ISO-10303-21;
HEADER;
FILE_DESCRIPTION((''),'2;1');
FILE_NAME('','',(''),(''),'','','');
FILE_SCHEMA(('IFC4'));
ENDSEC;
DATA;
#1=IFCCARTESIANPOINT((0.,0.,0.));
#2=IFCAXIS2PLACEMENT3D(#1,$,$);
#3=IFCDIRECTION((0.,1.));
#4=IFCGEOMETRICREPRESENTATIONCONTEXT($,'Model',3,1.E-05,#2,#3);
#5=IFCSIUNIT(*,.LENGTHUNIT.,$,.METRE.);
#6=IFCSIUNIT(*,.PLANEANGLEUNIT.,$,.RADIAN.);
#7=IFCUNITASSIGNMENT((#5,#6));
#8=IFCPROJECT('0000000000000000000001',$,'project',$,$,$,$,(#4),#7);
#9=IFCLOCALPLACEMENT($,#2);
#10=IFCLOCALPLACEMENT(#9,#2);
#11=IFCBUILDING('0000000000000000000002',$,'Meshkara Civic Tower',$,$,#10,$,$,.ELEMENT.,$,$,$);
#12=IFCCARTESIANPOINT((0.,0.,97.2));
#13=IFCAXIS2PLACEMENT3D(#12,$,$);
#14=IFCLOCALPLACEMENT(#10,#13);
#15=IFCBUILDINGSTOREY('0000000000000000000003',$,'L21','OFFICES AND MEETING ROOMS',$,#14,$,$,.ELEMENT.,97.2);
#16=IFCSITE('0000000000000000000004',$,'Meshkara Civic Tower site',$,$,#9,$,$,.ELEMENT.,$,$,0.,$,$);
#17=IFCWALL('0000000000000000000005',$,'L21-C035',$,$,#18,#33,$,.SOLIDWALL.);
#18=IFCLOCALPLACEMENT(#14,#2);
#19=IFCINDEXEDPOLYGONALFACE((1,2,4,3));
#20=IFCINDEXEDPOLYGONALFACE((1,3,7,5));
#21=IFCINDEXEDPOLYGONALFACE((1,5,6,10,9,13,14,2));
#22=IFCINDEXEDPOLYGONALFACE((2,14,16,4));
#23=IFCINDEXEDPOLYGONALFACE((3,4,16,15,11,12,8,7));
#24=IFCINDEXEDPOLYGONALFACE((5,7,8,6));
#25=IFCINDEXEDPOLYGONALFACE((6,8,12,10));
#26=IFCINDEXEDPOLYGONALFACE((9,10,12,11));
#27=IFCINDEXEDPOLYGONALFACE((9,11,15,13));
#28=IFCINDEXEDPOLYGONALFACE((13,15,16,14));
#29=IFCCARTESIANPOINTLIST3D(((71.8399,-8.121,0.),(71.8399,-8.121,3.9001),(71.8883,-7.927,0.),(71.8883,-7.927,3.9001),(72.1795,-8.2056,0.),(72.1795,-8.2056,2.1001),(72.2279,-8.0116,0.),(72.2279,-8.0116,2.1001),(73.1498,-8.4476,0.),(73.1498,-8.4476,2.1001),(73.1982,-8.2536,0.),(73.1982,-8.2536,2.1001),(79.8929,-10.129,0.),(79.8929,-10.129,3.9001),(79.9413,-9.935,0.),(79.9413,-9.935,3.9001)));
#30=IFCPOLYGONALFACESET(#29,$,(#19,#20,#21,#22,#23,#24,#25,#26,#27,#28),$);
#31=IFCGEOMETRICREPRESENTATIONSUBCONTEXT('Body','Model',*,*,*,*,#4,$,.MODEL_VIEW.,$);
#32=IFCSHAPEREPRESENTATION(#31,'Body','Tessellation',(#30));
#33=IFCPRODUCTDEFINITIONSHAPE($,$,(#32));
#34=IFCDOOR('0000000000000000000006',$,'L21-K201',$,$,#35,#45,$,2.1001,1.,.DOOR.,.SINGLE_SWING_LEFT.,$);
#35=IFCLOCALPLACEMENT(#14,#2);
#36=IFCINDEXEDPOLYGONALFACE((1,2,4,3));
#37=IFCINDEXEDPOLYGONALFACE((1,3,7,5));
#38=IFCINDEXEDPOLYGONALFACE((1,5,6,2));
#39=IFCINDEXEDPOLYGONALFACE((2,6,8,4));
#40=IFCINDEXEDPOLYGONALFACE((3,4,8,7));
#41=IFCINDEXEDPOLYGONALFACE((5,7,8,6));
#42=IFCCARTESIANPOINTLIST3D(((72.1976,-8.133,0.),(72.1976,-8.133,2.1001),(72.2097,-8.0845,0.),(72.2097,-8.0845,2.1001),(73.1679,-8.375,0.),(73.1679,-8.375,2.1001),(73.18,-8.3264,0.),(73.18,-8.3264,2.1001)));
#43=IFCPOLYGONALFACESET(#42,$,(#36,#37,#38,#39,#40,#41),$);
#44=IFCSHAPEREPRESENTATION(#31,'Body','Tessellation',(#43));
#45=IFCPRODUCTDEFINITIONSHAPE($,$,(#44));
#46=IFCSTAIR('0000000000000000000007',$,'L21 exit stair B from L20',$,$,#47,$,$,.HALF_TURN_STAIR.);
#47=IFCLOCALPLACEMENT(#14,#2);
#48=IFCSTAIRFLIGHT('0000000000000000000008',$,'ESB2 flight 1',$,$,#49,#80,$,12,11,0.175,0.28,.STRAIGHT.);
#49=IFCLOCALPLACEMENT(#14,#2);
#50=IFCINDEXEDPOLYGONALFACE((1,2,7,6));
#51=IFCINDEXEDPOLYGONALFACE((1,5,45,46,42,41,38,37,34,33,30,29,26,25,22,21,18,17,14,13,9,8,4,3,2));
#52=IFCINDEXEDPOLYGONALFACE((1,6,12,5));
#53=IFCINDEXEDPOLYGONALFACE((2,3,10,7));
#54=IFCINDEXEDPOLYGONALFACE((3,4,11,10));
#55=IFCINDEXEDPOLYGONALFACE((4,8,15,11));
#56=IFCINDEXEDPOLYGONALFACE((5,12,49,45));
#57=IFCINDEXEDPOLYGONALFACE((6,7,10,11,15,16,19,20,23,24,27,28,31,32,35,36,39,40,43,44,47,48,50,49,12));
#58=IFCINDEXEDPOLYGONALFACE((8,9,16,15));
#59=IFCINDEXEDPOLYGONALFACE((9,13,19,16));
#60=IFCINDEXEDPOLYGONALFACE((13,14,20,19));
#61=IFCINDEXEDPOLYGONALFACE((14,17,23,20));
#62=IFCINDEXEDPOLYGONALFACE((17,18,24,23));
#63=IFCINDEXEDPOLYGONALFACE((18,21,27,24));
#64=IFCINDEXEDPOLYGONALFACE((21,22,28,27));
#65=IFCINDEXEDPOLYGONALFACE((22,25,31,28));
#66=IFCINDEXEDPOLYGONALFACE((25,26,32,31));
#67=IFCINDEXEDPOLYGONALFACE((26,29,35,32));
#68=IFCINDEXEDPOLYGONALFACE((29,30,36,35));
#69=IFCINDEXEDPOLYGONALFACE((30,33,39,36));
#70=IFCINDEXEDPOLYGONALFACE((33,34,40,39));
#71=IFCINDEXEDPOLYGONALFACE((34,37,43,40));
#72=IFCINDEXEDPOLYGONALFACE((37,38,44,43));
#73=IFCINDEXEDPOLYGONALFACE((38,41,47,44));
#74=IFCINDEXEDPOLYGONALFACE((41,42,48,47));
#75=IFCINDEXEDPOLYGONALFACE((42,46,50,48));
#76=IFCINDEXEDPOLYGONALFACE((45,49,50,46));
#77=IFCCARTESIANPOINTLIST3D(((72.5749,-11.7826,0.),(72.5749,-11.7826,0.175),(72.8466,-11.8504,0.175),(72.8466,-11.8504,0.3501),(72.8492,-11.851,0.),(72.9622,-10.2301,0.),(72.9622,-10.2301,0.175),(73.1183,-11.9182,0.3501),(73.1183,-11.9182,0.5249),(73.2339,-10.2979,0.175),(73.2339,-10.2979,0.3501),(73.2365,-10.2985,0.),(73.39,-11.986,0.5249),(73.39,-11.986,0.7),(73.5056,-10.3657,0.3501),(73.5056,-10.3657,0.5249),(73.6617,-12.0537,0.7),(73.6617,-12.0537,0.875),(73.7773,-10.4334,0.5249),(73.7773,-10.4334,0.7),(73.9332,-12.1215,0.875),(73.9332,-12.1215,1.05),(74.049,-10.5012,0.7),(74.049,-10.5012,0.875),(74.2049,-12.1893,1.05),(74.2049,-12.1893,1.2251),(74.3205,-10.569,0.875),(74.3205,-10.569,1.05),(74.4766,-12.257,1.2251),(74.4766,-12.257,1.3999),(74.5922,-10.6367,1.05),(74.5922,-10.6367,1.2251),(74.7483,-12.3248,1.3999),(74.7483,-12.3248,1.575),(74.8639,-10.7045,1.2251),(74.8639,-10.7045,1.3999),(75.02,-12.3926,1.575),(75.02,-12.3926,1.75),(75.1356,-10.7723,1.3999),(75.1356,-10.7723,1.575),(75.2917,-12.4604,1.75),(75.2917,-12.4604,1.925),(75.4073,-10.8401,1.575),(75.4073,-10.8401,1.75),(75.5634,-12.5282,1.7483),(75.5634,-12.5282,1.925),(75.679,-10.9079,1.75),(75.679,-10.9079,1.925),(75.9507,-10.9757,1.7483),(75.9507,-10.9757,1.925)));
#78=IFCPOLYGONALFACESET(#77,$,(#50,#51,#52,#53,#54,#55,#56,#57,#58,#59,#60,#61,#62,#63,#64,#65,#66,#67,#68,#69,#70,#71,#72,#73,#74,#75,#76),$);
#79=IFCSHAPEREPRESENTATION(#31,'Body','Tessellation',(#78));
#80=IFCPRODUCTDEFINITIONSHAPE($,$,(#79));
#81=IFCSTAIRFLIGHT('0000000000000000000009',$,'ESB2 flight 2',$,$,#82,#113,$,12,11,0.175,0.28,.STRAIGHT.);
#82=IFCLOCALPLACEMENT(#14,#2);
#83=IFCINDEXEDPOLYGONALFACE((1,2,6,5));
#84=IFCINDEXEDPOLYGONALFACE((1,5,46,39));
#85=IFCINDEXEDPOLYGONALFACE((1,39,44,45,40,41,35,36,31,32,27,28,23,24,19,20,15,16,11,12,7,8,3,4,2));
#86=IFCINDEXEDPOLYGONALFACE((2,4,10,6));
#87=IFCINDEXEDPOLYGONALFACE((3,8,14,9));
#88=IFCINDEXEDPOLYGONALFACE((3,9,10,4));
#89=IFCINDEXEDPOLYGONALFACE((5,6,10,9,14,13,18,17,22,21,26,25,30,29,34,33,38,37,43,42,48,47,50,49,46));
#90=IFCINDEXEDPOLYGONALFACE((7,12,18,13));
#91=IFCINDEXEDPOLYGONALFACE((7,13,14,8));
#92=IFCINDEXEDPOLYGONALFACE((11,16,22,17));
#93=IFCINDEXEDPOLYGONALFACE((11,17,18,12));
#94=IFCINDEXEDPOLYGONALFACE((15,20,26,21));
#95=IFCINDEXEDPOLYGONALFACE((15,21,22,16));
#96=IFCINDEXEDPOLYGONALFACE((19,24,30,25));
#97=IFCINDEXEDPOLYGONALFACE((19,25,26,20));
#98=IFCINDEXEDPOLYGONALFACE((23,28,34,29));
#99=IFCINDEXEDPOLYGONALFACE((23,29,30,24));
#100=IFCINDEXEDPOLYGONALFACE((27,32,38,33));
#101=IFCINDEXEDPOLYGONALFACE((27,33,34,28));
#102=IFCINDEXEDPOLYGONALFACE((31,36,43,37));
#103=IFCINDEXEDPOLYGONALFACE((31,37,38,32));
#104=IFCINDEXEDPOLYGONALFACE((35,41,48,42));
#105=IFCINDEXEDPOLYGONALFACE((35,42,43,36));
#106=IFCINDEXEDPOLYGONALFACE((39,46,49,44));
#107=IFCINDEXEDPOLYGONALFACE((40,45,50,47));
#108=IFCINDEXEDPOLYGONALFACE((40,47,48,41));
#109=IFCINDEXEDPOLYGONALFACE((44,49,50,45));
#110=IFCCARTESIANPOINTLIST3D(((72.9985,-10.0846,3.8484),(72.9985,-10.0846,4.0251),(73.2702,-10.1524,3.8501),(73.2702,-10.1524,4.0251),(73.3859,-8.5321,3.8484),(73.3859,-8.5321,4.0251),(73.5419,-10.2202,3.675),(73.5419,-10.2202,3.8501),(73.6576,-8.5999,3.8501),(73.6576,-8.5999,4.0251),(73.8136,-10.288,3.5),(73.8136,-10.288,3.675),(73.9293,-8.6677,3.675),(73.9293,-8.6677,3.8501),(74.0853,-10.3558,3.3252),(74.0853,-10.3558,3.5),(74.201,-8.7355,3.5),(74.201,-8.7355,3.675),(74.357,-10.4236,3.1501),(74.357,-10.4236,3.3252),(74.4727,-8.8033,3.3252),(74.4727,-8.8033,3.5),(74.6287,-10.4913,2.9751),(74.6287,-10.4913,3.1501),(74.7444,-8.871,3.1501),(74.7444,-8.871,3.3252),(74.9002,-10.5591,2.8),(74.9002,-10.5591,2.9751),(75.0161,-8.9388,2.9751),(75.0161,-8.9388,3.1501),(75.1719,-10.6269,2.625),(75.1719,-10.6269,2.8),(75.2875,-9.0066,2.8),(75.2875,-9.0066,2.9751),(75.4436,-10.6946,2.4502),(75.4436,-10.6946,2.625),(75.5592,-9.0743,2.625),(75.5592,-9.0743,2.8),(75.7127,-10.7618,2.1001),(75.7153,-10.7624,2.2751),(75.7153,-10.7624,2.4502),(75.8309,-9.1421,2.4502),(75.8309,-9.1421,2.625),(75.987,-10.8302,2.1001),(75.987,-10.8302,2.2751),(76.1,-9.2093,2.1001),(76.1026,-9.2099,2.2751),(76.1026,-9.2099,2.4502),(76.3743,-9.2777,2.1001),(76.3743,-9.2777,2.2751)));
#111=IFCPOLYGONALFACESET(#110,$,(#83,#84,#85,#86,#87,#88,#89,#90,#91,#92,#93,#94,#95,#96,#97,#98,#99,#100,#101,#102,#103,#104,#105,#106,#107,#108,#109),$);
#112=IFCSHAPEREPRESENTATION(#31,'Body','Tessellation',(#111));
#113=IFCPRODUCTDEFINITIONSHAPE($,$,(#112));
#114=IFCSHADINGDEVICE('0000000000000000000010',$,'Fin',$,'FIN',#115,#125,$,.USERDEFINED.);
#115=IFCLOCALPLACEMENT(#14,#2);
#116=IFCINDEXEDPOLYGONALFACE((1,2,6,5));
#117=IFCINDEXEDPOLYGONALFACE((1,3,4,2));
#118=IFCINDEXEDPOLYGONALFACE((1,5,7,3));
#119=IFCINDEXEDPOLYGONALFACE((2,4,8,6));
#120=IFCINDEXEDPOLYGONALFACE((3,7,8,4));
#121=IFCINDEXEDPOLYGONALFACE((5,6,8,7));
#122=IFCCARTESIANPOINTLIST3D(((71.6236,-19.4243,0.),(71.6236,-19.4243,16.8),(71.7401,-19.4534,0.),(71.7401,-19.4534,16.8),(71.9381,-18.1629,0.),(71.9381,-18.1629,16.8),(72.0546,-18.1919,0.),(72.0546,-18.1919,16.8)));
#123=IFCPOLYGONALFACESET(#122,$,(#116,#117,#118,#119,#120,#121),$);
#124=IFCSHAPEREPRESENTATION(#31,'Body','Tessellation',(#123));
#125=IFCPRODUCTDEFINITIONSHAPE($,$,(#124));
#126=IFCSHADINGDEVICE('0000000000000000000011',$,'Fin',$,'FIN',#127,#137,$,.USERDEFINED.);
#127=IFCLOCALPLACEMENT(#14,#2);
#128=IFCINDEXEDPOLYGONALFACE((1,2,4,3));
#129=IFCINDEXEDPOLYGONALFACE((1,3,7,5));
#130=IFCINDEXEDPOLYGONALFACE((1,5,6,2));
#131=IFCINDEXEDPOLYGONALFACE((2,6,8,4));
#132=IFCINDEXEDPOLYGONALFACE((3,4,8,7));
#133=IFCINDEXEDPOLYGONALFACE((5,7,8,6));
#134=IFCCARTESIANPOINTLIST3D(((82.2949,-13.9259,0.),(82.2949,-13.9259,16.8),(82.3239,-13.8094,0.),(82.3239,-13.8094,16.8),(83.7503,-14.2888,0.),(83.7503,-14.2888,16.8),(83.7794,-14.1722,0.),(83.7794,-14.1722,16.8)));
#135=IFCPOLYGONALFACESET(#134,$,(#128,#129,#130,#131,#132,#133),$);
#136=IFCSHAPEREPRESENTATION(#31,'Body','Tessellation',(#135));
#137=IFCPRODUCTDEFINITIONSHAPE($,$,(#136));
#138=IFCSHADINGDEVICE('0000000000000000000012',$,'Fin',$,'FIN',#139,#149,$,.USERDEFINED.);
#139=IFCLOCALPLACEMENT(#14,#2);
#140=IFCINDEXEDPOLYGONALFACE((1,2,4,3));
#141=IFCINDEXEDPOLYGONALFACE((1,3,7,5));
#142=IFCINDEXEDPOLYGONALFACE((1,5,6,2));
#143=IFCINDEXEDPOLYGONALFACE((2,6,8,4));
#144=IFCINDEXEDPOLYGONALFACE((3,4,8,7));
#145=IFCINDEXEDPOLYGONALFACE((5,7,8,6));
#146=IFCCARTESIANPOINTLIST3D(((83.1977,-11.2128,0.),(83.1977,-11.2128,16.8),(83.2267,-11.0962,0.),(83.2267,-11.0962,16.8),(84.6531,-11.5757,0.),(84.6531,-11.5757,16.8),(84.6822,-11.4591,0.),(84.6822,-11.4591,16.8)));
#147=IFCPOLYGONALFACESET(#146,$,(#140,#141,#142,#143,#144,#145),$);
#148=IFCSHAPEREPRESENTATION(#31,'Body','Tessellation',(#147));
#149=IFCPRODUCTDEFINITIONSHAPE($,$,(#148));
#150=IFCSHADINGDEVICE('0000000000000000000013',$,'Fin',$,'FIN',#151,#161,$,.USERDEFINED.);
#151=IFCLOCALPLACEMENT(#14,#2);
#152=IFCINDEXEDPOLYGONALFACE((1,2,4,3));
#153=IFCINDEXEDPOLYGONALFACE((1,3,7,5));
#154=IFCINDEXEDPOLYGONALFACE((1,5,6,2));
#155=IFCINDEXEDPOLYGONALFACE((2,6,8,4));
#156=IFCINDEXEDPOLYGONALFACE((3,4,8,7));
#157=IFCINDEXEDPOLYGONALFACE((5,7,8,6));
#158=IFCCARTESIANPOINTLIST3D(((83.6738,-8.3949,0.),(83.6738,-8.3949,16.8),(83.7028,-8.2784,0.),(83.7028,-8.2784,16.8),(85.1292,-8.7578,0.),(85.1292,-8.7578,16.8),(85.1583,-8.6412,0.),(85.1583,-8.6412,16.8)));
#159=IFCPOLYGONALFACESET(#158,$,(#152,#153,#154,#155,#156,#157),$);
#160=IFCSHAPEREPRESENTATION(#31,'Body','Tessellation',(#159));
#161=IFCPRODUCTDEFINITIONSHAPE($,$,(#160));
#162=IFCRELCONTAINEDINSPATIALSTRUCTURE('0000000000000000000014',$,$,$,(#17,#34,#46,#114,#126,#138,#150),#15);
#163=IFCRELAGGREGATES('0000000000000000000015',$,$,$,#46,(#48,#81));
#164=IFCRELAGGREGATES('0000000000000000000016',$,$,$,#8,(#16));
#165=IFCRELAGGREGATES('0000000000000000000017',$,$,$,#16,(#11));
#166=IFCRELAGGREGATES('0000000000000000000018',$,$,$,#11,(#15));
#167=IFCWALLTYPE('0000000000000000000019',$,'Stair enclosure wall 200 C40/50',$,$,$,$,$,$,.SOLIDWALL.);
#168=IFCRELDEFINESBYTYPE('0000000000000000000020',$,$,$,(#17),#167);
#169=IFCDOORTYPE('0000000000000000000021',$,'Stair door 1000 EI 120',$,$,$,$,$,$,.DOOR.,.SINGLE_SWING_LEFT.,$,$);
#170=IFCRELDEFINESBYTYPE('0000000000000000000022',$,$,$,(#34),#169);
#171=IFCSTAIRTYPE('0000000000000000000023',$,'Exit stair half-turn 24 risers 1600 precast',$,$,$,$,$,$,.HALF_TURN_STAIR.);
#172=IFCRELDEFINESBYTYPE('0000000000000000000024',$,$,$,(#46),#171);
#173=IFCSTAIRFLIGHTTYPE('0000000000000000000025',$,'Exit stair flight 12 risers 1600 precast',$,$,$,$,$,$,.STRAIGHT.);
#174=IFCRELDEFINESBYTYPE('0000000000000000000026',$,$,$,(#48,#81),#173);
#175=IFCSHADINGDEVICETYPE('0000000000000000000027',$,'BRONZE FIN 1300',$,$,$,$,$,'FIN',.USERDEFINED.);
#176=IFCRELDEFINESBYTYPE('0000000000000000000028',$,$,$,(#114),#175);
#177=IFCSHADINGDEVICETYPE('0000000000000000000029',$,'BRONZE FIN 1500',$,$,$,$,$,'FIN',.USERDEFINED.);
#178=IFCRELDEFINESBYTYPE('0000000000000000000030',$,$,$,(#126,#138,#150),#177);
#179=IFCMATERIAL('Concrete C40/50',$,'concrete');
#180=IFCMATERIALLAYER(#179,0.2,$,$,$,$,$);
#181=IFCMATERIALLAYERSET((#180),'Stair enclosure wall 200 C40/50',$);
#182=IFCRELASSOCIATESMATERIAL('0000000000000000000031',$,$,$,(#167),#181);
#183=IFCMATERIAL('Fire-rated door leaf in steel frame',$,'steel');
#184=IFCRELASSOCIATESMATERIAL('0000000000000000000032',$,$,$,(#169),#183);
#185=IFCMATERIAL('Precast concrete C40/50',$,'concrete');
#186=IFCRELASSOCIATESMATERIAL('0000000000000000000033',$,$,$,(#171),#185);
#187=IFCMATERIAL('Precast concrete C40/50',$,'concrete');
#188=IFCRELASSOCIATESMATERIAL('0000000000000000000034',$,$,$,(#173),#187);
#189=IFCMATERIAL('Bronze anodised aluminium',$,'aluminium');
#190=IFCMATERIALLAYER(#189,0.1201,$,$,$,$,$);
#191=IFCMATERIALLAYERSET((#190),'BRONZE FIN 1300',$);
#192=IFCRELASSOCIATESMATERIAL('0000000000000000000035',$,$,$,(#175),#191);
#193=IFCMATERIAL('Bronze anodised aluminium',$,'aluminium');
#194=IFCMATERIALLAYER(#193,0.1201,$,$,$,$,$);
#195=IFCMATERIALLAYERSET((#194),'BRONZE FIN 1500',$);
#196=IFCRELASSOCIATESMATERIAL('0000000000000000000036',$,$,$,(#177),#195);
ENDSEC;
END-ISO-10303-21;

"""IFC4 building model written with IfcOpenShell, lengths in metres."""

from ifc_helpers import new_model, si_unit, direction, frame, frame_2d, origin, origin_2d, place, context, subcontext, project, spatial, polyline, rectangle, outline, extrude, material, layer, layer_set, type_object, element, fill, aggregate, save


model = new_model("IFC4")

# Units and contexts
model_context = context("Model", 3, precision=1e-05, world=origin(), true_north=direction((0.0, 1.0)))
body_context = subcontext(model_context, "Body", "Model", "MODEL_VIEW")
ifc_project = project(units=[si_unit("LENGTHUNIT", "METRE"), si_unit("PLANEANGLEUNIT", "RADIAN")], contexts=[model_context])

# Site, building, storey
site_placement = place(None, origin())
site = spatial("IfcSite", under=ifc_project, at=site_placement, Name="Meshkara Civic Tower site", CompositionType="ELEMENT", RefElevation=0.0)
building_placement = place(site_placement, origin())
building = spatial("IfcBuilding", under=site, at=building_placement, Name="Meshkara Civic Tower", CompositionType="ELEMENT")
storey_placement = place(building_placement, frame((0.0, 0.0, 97.2)))
storey = spatial("IfcBuildingStorey", under=building, at=storey_placement, Name="L21", Description="OFFICES AND MEETING ROOMS", CompositionType="ELEMENT", Elevation=97.2)

# Wall, opening, door
ifc_material_1 = material(Name="Concrete C40/50", Category="concrete")
ifc_layer_1 = layer(ifc_material_1, 0.2)
ifc_layer_set_1 = layer_set([ifc_layer_1], Name="Stair enclosure wall 200 C40/50")
wall_type_1 = type_object("IfcWallType", Name="Stair enclosure wall 200 C40/50", PredefinedType="SOLIDWALL", material=ifc_layer_set_1)
wall_1_placement = place(storey_placement, frame((71.864, -8.0239, 0.0), z_axis=(0.0, 0.0, 1.0), x_axis=(0.970289, -0.241947, 0.0)))
wall_1 = element("IfcWall", 1, at=wall_1_placement, inside=storey, type_object=wall_type_1, Name="L21-C035", PredefinedType="SOLIDWALL", context=body_context, shape_type="SweptSolid", body=[
    extrude(rectangle(XDim=8.2996, YDim=0.2, at=frame_2d((4.1499, 0.0))), origin(), (0.0, 0.0, 1.0), 3.9001),
])
opening_1_placement = place(wall_1_placement, frame((0.3501, 0.0, 0.0)))
opening_1 = element("IfcOpeningElement", 2, at=opening_1_placement, cuts=wall_1, PredefinedType="OPENING", context=body_context, shape_type="SweptSolid", body=[
    extrude(rectangle(XDim=1.0, YDim=2.1001, at=frame_2d((0.5, 1.05))), frame((0.0, 0.1099, 0.0), z_axis=(0.0, -1.0, 0.0), x_axis=(1.0, 0.0, 0.0)), (0.0, 0.0, 1.0), 0.22),
])
ifc_material_2 = material(Name="Fire-rated door leaf in steel frame", Category="steel")
door_type_1 = type_object("IfcDoorType", Name="Stair door 1000 EI 120", OperationType="SINGLE_SWING_LEFT", PredefinedType="DOOR", material=ifc_material_2)
door_1_placement = place(opening_1_placement, origin())
door_1 = element("IfcDoor", 3, at=door_1_placement, inside=storey, type_object=door_type_1, Name="L21-K201", OperationType="SINGLE_SWING_LEFT", OverallHeight=2.1001, OverallWidth=1.0, PredefinedType="DOOR", context=body_context, shape_type="SweptSolid", body=[
    extrude(rectangle(XDim=1.0, YDim=2.1001, at=frame_2d((0.5, 1.05))), frame((0.0, 0.0249, 0.0), z_axis=(0.0, -1.0, 0.0), x_axis=(1.0, 0.0, 0.0)), (0.0, 0.0, 1.0), 0.05),
])
fill(opening_1, door_1)

# Stair, stair flights
ifc_material_3 = material(Name="Precast concrete C40/50", Category="concrete")
stair_type = type_object("IfcStairType", Name="Exit stair half-turn 24 risers 1600 precast", PredefinedType="HALF_TURN_STAIR", material=ifc_material_3)
stair_placement = place(storey_placement, origin())
stair = element("IfcStair", 4, at=stair_placement, inside=storey, type_object=stair_type, Name="L21 exit stair B from L20", PredefinedType="HALF_TURN_STAIR")
ifc_material_4 = material(Name="Precast concrete C40/50", Category="concrete")
stair_flight_type = type_object("IfcStairFlightType", Name="Exit stair flight 12 risers 1600 precast", PredefinedType="STRAIGHT", material=ifc_material_4)
stair_flight_1_placement = place(storey_placement, frame((72.7686, -11.0063, 0.0), z_axis=(0.0, 0.0, 1.0), x_axis=(0.97026, -0.242065, 0.0)))
stair_flight_1 = element("IfcStairFlight", 5, at=stair_flight_1_placement, type_object=stair_flight_type, Name="ESB2 flight 1", NumberOfRisers=12, NumberOfTreads=11, PredefinedType="STRAIGHT", RiserHeight=0.175, TreadLength=0.28, context=body_context, shape_type="SweptSolid", body=[
    extrude(outline(polyline([(0.0, 0.0), (0.0, 0.175), (0.28, 0.175), (0.28, 0.3501), (0.5601, 0.3501), (0.5601, 0.5249), (0.8401, 0.5249), (0.8401, 0.7), (1.1201, 0.7), (1.1201, 0.875), (1.3999, 0.875), (1.3999, 1.05), (1.6799, 1.05), (1.6799, 1.2251), (1.96, 1.2251), (1.96, 1.3999), (2.24, 1.3999), (2.24, 1.575), (2.52, 1.575), (2.52, 1.75), (2.8, 1.75), (2.8, 1.925), (3.0801, 1.925), (3.0801, 2.1001), (3.0801, 1.7483), (0.2827, 0.0), (0.0, 0.0)])), frame((0.0, 0.8, 0.0), z_axis=(0.0, -1.0, 0.0), x_axis=(1.0, 0.0, 0.0)), (0.0, 0.0, 1.0), 1.6001),
])
stair_flight_2_placement = place(storey_placement, frame((76.1807, -10.054, 2.1001), z_axis=(0.0, 0.0, 1.0), x_axis=(-0.97026, 0.242065, 0.0)))
stair_flight_2 = element("IfcStairFlight", 6, at=stair_flight_2_placement, type_object=stair_flight_type, Name="ESB2 flight 2", NumberOfRisers=12, NumberOfTreads=11, PredefinedType="STRAIGHT", RiserHeight=0.175, TreadLength=0.28, context=body_context, shape_type="SweptSolid", body=[
    extrude(outline(polyline([(0.0, 0.0), (0.0, 0.175), (0.28, 0.175), (0.28, 0.3501), (0.5601, 0.3501), (0.5601, 0.5249), (0.8401, 0.5249), (0.8401, 0.7), (1.1201, 0.7), (1.1201, 0.875), (1.3999, 0.875), (1.3999, 1.05), (1.6799, 1.05), (1.6799, 1.2251), (1.96, 1.2251), (1.96, 1.3999), (2.24, 1.3999), (2.24, 1.575), (2.52, 1.575), (2.52, 1.75), (2.8, 1.75), (2.8, 1.925), (3.0801, 1.925), (3.0801, 2.1001), (3.0801, 1.7483), (0.2827, 0.0), (0.0, 0.0)])), frame((0.0, 0.8, 0.0), z_axis=(0.0, -1.0, 0.0), x_axis=(1.0, 0.0, 0.0)), (0.0, 0.0, 1.0), 1.6001),
])
aggregate(stair, [stair_flight_1, stair_flight_2])

# Shading devices
ifc_material_5 = material(Name="Bronze anodised aluminium", Category="aluminium")
ifc_layer_2 = layer(ifc_material_5, 0.1201)
ifc_layer_set_2 = layer_set([ifc_layer_2], Name="BRONZE FIN 1300")
shading_device_type_1 = type_object("IfcShadingDeviceType", Name="BRONZE FIN 1300", ElementType="FIN", PredefinedType="USERDEFINED", material=ifc_layer_set_2)
shading_device_placement = place(storey_placement, frame((71.8391, -18.8081, 0.0), z_axis=(0.0, 0.0, 1.0), x_axis=(0.9703, -0.241905, 0.0)))
element("IfcShadingDevice", 7, at=shading_device_placement, inside=storey, type_object=shading_device_type_1, Name="Fin", ObjectType="FIN", PredefinedType="USERDEFINED", context=body_context, shape_type="SweptSolid", body=[
    extrude(rectangle(XDim=0.1201, YDim=1.3, at=origin_2d()), origin(), (0.0, 0.0, 1.0), 16.8),
])
ifc_material_6 = material(Name="Bronze anodised aluminium", Category="aluminium")
ifc_layer_3 = layer(ifc_material_6, 0.1201)
ifc_layer_set_3 = layer_set([ifc_layer_3], Name="BRONZE FIN 1500")
shading_device_type_2 = type_object("IfcShadingDeviceType", Name="BRONZE FIN 1500", ElementType="FIN", PredefinedType="USERDEFINED", material=ifc_layer_set_3)
for number, where, z_axis, x_axis, name in (
    (8, (83.0371, -14.0491, 0.0), (0.0, 0.0, 1.0), (0.241922, 0.970296, 0.0), "Fin"),
    (9, (83.9399, -11.3359, 0.0), (0.0, 0.0, 1.0), (0.241922, 0.970296, 0.0), "Fin"),
    (10, (84.416, -8.5181, 0.0), (0.0, 0.0, 1.0), (0.241922, 0.970296, 0.0), "Fin"),
):
    element("IfcShadingDevice", number, at=place(storey_placement, frame(where, z_axis=z_axis, x_axis=x_axis)), inside=storey, type_object=shading_device_type_2, Name=name, ObjectType="FIN", PredefinedType="USERDEFINED", context=body_context, shape_type="SweptSolid", body=[
        extrude(rectangle(XDim=0.1201, YDim=1.5, at=origin_2d()), origin(), (0.0, 0.0, 1.0), 16.8),
    ])

save(model, "model.ifc")
